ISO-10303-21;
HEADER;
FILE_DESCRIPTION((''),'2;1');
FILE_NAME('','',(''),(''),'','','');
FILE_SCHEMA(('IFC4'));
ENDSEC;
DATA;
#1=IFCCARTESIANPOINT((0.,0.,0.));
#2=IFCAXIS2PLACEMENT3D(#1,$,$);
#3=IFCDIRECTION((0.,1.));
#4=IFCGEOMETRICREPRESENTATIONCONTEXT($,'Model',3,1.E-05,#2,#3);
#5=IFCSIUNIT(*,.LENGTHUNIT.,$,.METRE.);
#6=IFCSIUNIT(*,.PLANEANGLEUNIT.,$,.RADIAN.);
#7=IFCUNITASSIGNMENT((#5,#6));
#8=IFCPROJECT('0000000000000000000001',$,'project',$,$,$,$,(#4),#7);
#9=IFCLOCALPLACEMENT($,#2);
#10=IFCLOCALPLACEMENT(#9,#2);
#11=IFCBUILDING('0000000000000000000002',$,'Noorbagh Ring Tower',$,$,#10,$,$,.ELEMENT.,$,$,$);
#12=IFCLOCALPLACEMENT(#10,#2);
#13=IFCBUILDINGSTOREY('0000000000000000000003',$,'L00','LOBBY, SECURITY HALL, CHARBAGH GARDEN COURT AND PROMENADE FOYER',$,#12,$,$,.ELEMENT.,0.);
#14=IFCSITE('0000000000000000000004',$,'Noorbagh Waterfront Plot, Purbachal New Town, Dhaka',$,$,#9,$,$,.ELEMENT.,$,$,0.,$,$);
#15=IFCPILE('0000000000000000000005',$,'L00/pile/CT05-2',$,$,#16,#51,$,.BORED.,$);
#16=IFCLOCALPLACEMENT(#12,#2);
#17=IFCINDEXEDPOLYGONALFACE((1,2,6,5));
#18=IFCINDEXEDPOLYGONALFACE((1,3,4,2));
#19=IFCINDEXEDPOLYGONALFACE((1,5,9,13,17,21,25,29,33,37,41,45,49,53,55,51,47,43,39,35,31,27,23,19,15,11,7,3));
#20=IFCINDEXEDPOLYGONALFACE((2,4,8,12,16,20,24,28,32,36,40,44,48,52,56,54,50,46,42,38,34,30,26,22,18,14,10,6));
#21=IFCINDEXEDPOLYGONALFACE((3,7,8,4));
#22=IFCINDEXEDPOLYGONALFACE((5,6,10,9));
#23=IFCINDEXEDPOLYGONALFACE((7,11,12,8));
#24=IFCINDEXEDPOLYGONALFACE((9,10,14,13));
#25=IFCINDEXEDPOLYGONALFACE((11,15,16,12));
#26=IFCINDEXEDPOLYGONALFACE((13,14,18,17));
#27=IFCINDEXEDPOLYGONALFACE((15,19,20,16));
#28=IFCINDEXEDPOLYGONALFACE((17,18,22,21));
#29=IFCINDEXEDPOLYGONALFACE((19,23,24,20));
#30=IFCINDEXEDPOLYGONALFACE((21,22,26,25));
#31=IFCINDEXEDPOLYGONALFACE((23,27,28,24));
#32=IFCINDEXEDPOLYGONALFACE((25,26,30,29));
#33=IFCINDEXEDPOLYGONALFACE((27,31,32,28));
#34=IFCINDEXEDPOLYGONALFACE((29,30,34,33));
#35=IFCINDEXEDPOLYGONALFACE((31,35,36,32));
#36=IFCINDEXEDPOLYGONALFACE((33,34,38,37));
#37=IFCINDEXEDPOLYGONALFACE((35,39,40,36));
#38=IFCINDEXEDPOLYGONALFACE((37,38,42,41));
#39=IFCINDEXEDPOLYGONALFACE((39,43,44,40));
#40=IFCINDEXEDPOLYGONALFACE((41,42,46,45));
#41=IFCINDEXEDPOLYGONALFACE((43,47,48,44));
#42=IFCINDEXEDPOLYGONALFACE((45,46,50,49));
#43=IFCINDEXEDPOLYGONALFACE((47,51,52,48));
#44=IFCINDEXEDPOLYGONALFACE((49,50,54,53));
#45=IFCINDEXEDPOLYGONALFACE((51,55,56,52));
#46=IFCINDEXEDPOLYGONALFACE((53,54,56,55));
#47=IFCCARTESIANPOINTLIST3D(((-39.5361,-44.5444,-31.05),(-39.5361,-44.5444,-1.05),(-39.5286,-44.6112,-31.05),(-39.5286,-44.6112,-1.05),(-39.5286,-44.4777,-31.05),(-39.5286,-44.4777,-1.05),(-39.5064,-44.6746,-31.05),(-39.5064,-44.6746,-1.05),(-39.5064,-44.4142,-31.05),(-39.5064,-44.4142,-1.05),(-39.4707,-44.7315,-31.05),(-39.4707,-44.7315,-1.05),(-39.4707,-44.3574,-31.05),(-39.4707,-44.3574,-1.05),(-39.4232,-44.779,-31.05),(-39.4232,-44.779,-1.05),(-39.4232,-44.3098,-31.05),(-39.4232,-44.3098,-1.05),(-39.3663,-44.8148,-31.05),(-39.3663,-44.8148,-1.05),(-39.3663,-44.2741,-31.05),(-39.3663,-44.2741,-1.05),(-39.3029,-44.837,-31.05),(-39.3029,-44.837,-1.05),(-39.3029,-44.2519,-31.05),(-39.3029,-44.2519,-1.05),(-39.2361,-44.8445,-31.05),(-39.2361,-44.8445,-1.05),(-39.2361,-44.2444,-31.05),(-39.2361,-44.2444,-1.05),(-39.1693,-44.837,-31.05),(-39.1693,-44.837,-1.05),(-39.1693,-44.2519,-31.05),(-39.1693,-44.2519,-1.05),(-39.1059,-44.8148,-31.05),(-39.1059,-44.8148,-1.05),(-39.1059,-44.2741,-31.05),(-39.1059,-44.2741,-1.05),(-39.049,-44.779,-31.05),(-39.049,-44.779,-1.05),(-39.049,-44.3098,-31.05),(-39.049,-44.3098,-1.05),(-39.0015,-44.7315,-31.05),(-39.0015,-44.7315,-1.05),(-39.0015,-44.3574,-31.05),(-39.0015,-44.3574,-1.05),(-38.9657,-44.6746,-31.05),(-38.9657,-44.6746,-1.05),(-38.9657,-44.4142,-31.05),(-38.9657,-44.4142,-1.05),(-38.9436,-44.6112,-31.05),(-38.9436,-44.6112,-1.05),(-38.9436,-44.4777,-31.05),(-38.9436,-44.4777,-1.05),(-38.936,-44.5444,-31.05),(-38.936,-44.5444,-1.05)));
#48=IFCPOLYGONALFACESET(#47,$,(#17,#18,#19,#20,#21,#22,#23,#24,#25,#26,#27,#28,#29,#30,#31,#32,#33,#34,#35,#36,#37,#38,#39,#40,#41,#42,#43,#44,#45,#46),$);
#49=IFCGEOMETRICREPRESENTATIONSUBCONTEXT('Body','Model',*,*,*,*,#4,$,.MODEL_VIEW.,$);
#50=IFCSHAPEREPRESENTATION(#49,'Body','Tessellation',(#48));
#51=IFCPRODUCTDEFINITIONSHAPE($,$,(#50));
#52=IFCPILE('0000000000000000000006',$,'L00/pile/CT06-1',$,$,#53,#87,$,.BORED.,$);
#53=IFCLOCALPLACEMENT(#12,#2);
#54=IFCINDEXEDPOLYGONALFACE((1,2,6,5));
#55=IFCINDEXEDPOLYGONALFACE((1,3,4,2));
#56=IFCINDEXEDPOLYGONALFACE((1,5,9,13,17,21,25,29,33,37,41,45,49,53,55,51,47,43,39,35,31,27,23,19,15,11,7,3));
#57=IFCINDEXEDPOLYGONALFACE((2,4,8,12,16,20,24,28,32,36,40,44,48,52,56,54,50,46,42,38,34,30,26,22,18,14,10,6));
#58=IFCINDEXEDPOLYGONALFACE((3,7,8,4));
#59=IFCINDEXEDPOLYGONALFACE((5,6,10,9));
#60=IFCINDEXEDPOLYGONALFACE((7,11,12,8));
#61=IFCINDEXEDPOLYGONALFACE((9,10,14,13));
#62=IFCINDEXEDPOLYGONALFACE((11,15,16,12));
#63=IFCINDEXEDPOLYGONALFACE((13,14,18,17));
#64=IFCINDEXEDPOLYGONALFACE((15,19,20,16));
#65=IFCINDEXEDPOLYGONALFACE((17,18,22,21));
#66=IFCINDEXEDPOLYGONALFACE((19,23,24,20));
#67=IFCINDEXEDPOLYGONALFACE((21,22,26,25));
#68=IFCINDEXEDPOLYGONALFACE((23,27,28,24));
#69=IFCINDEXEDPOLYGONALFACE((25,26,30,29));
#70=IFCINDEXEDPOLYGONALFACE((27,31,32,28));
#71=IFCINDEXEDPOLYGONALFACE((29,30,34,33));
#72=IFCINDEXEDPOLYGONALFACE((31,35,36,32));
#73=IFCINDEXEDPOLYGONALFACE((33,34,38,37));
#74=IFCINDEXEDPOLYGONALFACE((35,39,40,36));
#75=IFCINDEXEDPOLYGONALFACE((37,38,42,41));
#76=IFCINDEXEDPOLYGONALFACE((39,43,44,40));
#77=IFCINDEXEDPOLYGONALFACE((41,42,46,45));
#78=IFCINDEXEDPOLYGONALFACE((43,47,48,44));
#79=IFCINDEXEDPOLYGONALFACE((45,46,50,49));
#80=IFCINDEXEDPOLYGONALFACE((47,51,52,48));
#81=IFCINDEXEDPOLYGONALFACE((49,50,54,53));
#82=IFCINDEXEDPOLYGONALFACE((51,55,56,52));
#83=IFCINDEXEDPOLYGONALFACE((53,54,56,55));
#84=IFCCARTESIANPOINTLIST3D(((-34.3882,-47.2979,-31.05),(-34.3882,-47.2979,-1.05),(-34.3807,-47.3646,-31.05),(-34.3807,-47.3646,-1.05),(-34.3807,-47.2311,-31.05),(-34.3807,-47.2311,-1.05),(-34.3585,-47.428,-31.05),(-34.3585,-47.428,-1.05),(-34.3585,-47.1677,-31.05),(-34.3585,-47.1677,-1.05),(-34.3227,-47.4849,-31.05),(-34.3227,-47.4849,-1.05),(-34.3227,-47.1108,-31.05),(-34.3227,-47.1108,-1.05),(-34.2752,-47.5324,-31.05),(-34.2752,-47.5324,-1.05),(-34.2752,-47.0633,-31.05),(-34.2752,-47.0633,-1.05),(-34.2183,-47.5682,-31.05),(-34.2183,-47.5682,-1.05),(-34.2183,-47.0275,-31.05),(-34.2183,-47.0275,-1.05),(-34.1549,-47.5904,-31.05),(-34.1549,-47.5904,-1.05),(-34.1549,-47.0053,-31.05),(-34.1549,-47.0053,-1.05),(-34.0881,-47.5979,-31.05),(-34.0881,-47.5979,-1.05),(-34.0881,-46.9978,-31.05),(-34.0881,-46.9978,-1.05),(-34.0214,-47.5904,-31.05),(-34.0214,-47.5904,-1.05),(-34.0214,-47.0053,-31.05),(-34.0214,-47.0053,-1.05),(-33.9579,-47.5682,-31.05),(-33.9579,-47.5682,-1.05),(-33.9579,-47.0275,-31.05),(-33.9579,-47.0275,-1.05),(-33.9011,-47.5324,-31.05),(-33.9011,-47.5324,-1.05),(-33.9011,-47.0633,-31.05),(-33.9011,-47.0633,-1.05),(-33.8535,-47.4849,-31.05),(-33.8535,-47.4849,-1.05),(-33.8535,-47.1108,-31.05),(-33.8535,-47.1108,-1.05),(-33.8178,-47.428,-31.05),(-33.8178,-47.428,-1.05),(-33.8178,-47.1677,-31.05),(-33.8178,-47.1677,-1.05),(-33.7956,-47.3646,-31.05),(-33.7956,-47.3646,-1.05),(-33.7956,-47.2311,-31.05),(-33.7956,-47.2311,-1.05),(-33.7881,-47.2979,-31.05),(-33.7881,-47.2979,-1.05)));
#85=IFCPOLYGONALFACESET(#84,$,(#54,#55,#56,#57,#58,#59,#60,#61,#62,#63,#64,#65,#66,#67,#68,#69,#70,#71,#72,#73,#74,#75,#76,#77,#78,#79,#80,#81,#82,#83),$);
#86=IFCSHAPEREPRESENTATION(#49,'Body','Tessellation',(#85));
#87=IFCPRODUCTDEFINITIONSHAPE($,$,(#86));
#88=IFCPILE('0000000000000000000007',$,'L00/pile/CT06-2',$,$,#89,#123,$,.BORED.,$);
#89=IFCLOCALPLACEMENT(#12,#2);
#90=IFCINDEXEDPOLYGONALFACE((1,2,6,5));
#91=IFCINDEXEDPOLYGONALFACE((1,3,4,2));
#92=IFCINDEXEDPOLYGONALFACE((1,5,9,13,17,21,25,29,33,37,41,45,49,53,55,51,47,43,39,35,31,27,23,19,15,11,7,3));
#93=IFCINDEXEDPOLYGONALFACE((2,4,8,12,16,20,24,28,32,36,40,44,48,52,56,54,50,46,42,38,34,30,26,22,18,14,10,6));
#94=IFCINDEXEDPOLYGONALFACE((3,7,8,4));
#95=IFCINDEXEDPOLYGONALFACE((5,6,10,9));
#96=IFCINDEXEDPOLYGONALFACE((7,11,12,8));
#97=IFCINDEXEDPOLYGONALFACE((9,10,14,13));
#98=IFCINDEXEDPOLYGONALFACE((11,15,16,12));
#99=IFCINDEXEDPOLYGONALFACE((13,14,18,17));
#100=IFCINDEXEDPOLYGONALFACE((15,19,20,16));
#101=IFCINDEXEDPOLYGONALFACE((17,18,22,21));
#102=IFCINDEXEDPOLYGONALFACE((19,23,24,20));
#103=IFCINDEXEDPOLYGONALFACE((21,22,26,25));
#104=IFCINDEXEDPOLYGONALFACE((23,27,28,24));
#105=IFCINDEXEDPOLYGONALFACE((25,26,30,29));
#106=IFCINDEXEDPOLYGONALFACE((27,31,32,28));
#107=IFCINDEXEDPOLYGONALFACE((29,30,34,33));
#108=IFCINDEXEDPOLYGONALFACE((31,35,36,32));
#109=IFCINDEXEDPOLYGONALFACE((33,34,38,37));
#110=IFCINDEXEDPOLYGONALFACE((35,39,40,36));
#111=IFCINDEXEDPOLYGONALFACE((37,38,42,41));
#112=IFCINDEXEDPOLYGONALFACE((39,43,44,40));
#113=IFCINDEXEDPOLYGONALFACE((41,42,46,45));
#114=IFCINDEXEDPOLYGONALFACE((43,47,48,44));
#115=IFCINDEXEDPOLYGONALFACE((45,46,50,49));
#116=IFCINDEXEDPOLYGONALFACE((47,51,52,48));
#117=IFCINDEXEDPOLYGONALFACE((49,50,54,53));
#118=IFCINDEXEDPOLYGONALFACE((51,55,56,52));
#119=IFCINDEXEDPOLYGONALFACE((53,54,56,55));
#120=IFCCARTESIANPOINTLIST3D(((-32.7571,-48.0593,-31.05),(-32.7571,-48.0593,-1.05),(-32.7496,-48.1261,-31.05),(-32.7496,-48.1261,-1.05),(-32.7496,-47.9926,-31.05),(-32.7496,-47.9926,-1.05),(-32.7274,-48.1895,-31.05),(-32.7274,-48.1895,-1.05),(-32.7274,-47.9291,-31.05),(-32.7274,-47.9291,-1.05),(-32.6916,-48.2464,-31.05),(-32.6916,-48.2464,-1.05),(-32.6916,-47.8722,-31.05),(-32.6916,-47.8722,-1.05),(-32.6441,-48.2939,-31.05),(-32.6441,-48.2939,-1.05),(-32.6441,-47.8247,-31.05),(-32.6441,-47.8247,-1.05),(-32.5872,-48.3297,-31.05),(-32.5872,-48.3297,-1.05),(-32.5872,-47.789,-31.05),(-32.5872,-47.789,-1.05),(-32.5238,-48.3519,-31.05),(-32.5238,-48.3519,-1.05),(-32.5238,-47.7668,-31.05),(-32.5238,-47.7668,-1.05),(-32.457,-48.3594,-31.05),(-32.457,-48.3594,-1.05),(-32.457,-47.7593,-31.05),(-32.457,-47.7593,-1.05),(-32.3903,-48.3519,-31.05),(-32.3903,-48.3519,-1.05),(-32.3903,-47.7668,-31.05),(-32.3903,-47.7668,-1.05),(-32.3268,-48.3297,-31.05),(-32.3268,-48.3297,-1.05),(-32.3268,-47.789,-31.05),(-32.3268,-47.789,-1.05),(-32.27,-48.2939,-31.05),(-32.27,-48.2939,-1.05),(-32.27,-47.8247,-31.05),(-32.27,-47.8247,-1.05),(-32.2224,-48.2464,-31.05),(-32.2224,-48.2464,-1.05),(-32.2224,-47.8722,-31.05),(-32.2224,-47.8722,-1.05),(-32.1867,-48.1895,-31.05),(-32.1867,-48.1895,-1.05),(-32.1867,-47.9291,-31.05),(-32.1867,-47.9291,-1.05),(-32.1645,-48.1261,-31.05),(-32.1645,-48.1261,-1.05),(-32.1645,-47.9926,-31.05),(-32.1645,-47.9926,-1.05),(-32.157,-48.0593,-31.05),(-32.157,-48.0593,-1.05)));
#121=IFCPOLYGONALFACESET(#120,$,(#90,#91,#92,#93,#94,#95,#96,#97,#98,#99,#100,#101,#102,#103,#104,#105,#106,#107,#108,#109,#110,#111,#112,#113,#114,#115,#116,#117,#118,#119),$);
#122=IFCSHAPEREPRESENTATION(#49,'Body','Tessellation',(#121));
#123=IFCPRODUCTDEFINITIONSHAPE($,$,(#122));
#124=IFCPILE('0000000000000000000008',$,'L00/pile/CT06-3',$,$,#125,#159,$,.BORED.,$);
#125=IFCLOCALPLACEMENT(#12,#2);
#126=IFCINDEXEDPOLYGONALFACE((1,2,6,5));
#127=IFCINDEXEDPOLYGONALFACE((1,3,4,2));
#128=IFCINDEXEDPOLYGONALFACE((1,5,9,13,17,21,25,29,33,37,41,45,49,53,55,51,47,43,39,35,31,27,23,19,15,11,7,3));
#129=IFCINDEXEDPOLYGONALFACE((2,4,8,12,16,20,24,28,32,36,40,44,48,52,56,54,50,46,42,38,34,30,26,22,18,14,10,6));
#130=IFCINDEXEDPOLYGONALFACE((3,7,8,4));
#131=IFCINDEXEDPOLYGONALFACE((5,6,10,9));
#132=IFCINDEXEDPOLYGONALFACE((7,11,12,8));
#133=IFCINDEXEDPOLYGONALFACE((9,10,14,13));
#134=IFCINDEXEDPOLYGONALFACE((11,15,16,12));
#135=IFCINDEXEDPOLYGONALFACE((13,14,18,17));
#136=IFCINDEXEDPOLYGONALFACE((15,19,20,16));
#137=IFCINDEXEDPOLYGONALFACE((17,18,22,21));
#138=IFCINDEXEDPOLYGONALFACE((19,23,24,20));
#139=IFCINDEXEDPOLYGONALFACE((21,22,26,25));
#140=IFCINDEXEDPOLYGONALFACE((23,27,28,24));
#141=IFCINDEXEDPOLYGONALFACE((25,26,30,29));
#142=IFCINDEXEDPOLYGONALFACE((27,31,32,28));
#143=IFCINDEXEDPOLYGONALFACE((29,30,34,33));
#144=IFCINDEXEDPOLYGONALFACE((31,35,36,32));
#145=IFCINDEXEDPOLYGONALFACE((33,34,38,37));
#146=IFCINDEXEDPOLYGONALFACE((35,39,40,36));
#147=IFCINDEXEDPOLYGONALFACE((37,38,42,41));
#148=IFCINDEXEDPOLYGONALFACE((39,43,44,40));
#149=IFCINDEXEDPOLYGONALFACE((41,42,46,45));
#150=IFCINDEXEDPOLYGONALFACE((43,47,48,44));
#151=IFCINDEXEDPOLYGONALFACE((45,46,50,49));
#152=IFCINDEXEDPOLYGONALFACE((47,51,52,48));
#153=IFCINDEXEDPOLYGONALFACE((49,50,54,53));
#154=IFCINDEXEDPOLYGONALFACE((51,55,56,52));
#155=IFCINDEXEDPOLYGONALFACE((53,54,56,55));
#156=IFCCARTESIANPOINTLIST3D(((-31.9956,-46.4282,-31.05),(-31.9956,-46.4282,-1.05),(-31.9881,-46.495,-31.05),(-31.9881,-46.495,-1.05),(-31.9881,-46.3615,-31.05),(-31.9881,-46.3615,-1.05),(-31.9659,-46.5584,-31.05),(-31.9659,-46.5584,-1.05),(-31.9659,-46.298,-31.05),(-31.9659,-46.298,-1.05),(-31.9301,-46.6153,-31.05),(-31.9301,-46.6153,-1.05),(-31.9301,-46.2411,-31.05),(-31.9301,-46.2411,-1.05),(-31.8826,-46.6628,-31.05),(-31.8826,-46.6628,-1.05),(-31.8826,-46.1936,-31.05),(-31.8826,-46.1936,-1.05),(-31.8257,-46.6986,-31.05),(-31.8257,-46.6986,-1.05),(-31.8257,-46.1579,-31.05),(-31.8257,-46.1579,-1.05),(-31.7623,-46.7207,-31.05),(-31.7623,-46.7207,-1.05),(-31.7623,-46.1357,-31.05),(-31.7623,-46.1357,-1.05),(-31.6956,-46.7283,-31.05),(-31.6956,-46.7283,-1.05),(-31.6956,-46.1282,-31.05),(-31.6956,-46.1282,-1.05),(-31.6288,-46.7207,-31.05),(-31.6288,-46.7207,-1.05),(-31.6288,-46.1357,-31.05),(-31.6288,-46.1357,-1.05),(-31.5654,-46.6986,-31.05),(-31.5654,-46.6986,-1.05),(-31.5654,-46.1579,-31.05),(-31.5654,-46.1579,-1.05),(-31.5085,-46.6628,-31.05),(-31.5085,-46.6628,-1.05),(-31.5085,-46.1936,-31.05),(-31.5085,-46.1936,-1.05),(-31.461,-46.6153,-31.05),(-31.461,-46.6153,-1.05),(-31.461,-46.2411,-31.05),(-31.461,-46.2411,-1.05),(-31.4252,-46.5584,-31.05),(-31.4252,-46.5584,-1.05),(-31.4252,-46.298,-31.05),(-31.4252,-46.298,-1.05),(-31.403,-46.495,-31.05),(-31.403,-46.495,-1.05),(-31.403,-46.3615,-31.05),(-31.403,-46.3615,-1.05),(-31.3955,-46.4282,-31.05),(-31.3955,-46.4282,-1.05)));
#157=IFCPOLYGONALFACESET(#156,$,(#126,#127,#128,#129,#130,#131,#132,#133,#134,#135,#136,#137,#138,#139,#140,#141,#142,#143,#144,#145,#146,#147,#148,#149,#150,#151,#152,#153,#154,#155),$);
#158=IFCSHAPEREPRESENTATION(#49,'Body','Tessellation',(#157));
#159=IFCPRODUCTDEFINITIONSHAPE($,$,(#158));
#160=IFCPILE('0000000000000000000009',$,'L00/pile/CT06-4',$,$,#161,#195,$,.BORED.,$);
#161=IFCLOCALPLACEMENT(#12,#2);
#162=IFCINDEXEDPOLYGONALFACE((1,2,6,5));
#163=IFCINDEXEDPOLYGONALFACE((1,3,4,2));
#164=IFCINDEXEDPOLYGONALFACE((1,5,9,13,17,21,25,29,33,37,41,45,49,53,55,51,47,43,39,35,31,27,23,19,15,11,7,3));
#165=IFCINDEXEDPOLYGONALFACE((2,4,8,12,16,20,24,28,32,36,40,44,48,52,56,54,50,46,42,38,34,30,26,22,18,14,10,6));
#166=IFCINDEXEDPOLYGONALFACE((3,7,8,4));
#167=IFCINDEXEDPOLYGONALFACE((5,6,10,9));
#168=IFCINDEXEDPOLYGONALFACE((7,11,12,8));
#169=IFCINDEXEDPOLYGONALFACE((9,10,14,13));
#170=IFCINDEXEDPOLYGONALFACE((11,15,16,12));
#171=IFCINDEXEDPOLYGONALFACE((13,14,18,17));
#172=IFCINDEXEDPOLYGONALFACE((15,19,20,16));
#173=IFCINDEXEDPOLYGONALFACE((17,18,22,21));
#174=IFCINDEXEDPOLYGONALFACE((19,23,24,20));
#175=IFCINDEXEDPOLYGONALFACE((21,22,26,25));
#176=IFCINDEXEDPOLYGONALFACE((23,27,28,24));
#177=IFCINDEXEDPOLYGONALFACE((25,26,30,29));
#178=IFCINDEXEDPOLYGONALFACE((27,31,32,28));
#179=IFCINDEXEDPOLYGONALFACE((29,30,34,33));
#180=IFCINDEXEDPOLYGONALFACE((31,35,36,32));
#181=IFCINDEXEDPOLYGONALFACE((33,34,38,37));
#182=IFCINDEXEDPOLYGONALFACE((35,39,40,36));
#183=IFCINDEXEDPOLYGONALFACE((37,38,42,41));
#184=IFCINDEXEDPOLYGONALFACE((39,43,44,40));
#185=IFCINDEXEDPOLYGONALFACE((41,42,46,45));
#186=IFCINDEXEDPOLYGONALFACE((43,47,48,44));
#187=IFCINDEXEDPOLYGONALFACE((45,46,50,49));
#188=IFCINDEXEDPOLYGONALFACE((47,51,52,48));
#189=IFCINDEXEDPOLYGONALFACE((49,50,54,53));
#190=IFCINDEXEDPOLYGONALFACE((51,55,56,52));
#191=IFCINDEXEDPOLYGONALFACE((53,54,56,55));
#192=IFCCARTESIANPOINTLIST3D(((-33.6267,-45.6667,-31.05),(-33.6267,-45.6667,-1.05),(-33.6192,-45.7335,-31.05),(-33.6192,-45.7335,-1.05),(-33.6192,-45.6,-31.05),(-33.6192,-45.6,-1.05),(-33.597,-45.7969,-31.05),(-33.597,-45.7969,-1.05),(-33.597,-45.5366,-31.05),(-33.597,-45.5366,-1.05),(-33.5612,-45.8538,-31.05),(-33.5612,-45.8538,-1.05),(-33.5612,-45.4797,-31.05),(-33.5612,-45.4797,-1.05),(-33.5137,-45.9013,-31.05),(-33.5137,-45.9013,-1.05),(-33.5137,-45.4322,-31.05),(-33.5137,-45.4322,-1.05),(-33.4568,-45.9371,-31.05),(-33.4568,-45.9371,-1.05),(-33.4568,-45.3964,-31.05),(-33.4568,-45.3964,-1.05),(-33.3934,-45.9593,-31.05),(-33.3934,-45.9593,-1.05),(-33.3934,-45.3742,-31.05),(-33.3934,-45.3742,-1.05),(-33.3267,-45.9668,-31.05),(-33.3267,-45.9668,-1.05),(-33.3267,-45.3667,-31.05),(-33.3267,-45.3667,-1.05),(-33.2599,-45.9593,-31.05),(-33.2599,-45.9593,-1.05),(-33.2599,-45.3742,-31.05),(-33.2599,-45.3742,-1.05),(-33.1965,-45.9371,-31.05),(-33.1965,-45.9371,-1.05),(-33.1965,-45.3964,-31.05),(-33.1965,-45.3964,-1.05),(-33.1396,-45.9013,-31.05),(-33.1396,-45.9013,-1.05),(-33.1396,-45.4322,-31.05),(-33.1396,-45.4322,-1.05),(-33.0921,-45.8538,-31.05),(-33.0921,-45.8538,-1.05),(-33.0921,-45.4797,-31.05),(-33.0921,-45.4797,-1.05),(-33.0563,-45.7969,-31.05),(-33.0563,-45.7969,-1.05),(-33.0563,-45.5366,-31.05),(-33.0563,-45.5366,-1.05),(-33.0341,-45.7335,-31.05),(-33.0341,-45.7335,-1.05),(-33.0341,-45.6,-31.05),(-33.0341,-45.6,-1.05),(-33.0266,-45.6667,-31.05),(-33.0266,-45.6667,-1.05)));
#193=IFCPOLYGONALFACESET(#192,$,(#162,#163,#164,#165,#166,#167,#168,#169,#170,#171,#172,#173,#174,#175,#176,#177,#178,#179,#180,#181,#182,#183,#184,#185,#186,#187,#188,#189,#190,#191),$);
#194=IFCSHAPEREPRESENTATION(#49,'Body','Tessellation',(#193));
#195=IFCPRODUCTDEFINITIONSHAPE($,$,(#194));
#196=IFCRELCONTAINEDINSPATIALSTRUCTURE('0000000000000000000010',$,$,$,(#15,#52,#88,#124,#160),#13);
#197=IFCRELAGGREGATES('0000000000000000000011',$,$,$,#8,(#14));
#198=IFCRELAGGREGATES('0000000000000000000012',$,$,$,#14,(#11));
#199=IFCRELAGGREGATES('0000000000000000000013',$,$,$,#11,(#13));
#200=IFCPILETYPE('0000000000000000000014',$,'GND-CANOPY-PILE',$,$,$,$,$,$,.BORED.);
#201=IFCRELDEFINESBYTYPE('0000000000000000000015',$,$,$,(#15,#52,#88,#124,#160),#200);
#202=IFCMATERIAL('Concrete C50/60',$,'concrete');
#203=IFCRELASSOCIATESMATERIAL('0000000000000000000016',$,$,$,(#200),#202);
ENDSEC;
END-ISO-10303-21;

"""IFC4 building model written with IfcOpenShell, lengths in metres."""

from ifc_helpers import new_model, si_unit, direction, frame, origin, origin_2d, place, context, subcontext, project, spatial, circle, extrude, material, material_profile, profile_set, type_object, element, save


model = new_model("IFC4")

# Units and contexts
model_context = context("Model", 3, precision=1e-05, world=origin(), true_north=direction((0.0, 1.0)))
body_context = subcontext(model_context, "Body", "Model", "MODEL_VIEW")
ifc_project = project(units=[si_unit("LENGTHUNIT", "METRE"), si_unit("PLANEANGLEUNIT", "RADIAN")], contexts=[model_context])

# Site, building, storey
site_placement = place(None, origin())
site = spatial("IfcSite", under=ifc_project, at=site_placement, Name="Noorbagh Waterfront Plot, Purbachal New Town, Dhaka", CompositionType="ELEMENT", RefElevation=0.0)
building_placement = place(site_placement, origin())
building = spatial("IfcBuilding", under=site, at=building_placement, Name="Noorbagh Ring Tower", CompositionType="ELEMENT")
storey_placement = place(building_placement, origin())
storey = spatial("IfcBuildingStorey", under=building, at=storey_placement, Name="L00", Description="LOBBY, SECURITY HALL, CHARBAGH GARDEN COURT AND PROMENADE FOYER", CompositionType="ELEMENT", Elevation=0.0)

# Piles
ifc_material_1 = material(Name="Concrete C50/60", Category="concrete")
ifc_material_profile_1 = material_profile(ifc_material_1, circle(Radius=0.3, at=origin_2d()), Name="PILE600")
ifc_profile_set_1 = profile_set([ifc_material_profile_1], Name="Concrete C50/60")
pile_type = type_object("IfcPileType", Name="GND-CANOPY-PILE", PredefinedType="BORED", material=ifc_profile_set_1)
for number, where, z_axis, x_axis, name in (
    (1, (-39.2361, -44.5444, -1.05), (0.0, 0.0, -1.0), (1.0, 0.0, 0.0), "L00/pile/CT05-2"),
    (2, (-34.0881, -47.2979, -1.05), (0.0, 0.0, -1.0), (1.0, 0.0, 0.0), "L00/pile/CT06-1"),
    (3, (-32.457, -48.0593, -1.05), (0.0, 0.0, -1.0), (1.0, 0.0, 0.0), "L00/pile/CT06-2"),
    (4, (-31.6956, -46.4282, -1.05), (0.0, 0.0, -1.0), (1.0, 0.0, 0.0), "L00/pile/CT06-3"),
    (5, (-33.3267, -45.6667, -1.05), (0.0, 0.0, -1.0), (1.0, 0.0, 0.0), "L00/pile/CT06-4"),
):
    element("IfcPile", number, at=place(storey_placement, frame(where, z_axis=z_axis, x_axis=x_axis)), inside=storey, type_object=pile_type, Name=name, PredefinedType="BORED", context=body_context, shape_type="SweptSolid", body=[
        extrude(circle(Radius=0.3, at=origin_2d()), origin(), (0.0, 0.0, 1.0), 30.0),
    ])

save(model, "model.ifc")
